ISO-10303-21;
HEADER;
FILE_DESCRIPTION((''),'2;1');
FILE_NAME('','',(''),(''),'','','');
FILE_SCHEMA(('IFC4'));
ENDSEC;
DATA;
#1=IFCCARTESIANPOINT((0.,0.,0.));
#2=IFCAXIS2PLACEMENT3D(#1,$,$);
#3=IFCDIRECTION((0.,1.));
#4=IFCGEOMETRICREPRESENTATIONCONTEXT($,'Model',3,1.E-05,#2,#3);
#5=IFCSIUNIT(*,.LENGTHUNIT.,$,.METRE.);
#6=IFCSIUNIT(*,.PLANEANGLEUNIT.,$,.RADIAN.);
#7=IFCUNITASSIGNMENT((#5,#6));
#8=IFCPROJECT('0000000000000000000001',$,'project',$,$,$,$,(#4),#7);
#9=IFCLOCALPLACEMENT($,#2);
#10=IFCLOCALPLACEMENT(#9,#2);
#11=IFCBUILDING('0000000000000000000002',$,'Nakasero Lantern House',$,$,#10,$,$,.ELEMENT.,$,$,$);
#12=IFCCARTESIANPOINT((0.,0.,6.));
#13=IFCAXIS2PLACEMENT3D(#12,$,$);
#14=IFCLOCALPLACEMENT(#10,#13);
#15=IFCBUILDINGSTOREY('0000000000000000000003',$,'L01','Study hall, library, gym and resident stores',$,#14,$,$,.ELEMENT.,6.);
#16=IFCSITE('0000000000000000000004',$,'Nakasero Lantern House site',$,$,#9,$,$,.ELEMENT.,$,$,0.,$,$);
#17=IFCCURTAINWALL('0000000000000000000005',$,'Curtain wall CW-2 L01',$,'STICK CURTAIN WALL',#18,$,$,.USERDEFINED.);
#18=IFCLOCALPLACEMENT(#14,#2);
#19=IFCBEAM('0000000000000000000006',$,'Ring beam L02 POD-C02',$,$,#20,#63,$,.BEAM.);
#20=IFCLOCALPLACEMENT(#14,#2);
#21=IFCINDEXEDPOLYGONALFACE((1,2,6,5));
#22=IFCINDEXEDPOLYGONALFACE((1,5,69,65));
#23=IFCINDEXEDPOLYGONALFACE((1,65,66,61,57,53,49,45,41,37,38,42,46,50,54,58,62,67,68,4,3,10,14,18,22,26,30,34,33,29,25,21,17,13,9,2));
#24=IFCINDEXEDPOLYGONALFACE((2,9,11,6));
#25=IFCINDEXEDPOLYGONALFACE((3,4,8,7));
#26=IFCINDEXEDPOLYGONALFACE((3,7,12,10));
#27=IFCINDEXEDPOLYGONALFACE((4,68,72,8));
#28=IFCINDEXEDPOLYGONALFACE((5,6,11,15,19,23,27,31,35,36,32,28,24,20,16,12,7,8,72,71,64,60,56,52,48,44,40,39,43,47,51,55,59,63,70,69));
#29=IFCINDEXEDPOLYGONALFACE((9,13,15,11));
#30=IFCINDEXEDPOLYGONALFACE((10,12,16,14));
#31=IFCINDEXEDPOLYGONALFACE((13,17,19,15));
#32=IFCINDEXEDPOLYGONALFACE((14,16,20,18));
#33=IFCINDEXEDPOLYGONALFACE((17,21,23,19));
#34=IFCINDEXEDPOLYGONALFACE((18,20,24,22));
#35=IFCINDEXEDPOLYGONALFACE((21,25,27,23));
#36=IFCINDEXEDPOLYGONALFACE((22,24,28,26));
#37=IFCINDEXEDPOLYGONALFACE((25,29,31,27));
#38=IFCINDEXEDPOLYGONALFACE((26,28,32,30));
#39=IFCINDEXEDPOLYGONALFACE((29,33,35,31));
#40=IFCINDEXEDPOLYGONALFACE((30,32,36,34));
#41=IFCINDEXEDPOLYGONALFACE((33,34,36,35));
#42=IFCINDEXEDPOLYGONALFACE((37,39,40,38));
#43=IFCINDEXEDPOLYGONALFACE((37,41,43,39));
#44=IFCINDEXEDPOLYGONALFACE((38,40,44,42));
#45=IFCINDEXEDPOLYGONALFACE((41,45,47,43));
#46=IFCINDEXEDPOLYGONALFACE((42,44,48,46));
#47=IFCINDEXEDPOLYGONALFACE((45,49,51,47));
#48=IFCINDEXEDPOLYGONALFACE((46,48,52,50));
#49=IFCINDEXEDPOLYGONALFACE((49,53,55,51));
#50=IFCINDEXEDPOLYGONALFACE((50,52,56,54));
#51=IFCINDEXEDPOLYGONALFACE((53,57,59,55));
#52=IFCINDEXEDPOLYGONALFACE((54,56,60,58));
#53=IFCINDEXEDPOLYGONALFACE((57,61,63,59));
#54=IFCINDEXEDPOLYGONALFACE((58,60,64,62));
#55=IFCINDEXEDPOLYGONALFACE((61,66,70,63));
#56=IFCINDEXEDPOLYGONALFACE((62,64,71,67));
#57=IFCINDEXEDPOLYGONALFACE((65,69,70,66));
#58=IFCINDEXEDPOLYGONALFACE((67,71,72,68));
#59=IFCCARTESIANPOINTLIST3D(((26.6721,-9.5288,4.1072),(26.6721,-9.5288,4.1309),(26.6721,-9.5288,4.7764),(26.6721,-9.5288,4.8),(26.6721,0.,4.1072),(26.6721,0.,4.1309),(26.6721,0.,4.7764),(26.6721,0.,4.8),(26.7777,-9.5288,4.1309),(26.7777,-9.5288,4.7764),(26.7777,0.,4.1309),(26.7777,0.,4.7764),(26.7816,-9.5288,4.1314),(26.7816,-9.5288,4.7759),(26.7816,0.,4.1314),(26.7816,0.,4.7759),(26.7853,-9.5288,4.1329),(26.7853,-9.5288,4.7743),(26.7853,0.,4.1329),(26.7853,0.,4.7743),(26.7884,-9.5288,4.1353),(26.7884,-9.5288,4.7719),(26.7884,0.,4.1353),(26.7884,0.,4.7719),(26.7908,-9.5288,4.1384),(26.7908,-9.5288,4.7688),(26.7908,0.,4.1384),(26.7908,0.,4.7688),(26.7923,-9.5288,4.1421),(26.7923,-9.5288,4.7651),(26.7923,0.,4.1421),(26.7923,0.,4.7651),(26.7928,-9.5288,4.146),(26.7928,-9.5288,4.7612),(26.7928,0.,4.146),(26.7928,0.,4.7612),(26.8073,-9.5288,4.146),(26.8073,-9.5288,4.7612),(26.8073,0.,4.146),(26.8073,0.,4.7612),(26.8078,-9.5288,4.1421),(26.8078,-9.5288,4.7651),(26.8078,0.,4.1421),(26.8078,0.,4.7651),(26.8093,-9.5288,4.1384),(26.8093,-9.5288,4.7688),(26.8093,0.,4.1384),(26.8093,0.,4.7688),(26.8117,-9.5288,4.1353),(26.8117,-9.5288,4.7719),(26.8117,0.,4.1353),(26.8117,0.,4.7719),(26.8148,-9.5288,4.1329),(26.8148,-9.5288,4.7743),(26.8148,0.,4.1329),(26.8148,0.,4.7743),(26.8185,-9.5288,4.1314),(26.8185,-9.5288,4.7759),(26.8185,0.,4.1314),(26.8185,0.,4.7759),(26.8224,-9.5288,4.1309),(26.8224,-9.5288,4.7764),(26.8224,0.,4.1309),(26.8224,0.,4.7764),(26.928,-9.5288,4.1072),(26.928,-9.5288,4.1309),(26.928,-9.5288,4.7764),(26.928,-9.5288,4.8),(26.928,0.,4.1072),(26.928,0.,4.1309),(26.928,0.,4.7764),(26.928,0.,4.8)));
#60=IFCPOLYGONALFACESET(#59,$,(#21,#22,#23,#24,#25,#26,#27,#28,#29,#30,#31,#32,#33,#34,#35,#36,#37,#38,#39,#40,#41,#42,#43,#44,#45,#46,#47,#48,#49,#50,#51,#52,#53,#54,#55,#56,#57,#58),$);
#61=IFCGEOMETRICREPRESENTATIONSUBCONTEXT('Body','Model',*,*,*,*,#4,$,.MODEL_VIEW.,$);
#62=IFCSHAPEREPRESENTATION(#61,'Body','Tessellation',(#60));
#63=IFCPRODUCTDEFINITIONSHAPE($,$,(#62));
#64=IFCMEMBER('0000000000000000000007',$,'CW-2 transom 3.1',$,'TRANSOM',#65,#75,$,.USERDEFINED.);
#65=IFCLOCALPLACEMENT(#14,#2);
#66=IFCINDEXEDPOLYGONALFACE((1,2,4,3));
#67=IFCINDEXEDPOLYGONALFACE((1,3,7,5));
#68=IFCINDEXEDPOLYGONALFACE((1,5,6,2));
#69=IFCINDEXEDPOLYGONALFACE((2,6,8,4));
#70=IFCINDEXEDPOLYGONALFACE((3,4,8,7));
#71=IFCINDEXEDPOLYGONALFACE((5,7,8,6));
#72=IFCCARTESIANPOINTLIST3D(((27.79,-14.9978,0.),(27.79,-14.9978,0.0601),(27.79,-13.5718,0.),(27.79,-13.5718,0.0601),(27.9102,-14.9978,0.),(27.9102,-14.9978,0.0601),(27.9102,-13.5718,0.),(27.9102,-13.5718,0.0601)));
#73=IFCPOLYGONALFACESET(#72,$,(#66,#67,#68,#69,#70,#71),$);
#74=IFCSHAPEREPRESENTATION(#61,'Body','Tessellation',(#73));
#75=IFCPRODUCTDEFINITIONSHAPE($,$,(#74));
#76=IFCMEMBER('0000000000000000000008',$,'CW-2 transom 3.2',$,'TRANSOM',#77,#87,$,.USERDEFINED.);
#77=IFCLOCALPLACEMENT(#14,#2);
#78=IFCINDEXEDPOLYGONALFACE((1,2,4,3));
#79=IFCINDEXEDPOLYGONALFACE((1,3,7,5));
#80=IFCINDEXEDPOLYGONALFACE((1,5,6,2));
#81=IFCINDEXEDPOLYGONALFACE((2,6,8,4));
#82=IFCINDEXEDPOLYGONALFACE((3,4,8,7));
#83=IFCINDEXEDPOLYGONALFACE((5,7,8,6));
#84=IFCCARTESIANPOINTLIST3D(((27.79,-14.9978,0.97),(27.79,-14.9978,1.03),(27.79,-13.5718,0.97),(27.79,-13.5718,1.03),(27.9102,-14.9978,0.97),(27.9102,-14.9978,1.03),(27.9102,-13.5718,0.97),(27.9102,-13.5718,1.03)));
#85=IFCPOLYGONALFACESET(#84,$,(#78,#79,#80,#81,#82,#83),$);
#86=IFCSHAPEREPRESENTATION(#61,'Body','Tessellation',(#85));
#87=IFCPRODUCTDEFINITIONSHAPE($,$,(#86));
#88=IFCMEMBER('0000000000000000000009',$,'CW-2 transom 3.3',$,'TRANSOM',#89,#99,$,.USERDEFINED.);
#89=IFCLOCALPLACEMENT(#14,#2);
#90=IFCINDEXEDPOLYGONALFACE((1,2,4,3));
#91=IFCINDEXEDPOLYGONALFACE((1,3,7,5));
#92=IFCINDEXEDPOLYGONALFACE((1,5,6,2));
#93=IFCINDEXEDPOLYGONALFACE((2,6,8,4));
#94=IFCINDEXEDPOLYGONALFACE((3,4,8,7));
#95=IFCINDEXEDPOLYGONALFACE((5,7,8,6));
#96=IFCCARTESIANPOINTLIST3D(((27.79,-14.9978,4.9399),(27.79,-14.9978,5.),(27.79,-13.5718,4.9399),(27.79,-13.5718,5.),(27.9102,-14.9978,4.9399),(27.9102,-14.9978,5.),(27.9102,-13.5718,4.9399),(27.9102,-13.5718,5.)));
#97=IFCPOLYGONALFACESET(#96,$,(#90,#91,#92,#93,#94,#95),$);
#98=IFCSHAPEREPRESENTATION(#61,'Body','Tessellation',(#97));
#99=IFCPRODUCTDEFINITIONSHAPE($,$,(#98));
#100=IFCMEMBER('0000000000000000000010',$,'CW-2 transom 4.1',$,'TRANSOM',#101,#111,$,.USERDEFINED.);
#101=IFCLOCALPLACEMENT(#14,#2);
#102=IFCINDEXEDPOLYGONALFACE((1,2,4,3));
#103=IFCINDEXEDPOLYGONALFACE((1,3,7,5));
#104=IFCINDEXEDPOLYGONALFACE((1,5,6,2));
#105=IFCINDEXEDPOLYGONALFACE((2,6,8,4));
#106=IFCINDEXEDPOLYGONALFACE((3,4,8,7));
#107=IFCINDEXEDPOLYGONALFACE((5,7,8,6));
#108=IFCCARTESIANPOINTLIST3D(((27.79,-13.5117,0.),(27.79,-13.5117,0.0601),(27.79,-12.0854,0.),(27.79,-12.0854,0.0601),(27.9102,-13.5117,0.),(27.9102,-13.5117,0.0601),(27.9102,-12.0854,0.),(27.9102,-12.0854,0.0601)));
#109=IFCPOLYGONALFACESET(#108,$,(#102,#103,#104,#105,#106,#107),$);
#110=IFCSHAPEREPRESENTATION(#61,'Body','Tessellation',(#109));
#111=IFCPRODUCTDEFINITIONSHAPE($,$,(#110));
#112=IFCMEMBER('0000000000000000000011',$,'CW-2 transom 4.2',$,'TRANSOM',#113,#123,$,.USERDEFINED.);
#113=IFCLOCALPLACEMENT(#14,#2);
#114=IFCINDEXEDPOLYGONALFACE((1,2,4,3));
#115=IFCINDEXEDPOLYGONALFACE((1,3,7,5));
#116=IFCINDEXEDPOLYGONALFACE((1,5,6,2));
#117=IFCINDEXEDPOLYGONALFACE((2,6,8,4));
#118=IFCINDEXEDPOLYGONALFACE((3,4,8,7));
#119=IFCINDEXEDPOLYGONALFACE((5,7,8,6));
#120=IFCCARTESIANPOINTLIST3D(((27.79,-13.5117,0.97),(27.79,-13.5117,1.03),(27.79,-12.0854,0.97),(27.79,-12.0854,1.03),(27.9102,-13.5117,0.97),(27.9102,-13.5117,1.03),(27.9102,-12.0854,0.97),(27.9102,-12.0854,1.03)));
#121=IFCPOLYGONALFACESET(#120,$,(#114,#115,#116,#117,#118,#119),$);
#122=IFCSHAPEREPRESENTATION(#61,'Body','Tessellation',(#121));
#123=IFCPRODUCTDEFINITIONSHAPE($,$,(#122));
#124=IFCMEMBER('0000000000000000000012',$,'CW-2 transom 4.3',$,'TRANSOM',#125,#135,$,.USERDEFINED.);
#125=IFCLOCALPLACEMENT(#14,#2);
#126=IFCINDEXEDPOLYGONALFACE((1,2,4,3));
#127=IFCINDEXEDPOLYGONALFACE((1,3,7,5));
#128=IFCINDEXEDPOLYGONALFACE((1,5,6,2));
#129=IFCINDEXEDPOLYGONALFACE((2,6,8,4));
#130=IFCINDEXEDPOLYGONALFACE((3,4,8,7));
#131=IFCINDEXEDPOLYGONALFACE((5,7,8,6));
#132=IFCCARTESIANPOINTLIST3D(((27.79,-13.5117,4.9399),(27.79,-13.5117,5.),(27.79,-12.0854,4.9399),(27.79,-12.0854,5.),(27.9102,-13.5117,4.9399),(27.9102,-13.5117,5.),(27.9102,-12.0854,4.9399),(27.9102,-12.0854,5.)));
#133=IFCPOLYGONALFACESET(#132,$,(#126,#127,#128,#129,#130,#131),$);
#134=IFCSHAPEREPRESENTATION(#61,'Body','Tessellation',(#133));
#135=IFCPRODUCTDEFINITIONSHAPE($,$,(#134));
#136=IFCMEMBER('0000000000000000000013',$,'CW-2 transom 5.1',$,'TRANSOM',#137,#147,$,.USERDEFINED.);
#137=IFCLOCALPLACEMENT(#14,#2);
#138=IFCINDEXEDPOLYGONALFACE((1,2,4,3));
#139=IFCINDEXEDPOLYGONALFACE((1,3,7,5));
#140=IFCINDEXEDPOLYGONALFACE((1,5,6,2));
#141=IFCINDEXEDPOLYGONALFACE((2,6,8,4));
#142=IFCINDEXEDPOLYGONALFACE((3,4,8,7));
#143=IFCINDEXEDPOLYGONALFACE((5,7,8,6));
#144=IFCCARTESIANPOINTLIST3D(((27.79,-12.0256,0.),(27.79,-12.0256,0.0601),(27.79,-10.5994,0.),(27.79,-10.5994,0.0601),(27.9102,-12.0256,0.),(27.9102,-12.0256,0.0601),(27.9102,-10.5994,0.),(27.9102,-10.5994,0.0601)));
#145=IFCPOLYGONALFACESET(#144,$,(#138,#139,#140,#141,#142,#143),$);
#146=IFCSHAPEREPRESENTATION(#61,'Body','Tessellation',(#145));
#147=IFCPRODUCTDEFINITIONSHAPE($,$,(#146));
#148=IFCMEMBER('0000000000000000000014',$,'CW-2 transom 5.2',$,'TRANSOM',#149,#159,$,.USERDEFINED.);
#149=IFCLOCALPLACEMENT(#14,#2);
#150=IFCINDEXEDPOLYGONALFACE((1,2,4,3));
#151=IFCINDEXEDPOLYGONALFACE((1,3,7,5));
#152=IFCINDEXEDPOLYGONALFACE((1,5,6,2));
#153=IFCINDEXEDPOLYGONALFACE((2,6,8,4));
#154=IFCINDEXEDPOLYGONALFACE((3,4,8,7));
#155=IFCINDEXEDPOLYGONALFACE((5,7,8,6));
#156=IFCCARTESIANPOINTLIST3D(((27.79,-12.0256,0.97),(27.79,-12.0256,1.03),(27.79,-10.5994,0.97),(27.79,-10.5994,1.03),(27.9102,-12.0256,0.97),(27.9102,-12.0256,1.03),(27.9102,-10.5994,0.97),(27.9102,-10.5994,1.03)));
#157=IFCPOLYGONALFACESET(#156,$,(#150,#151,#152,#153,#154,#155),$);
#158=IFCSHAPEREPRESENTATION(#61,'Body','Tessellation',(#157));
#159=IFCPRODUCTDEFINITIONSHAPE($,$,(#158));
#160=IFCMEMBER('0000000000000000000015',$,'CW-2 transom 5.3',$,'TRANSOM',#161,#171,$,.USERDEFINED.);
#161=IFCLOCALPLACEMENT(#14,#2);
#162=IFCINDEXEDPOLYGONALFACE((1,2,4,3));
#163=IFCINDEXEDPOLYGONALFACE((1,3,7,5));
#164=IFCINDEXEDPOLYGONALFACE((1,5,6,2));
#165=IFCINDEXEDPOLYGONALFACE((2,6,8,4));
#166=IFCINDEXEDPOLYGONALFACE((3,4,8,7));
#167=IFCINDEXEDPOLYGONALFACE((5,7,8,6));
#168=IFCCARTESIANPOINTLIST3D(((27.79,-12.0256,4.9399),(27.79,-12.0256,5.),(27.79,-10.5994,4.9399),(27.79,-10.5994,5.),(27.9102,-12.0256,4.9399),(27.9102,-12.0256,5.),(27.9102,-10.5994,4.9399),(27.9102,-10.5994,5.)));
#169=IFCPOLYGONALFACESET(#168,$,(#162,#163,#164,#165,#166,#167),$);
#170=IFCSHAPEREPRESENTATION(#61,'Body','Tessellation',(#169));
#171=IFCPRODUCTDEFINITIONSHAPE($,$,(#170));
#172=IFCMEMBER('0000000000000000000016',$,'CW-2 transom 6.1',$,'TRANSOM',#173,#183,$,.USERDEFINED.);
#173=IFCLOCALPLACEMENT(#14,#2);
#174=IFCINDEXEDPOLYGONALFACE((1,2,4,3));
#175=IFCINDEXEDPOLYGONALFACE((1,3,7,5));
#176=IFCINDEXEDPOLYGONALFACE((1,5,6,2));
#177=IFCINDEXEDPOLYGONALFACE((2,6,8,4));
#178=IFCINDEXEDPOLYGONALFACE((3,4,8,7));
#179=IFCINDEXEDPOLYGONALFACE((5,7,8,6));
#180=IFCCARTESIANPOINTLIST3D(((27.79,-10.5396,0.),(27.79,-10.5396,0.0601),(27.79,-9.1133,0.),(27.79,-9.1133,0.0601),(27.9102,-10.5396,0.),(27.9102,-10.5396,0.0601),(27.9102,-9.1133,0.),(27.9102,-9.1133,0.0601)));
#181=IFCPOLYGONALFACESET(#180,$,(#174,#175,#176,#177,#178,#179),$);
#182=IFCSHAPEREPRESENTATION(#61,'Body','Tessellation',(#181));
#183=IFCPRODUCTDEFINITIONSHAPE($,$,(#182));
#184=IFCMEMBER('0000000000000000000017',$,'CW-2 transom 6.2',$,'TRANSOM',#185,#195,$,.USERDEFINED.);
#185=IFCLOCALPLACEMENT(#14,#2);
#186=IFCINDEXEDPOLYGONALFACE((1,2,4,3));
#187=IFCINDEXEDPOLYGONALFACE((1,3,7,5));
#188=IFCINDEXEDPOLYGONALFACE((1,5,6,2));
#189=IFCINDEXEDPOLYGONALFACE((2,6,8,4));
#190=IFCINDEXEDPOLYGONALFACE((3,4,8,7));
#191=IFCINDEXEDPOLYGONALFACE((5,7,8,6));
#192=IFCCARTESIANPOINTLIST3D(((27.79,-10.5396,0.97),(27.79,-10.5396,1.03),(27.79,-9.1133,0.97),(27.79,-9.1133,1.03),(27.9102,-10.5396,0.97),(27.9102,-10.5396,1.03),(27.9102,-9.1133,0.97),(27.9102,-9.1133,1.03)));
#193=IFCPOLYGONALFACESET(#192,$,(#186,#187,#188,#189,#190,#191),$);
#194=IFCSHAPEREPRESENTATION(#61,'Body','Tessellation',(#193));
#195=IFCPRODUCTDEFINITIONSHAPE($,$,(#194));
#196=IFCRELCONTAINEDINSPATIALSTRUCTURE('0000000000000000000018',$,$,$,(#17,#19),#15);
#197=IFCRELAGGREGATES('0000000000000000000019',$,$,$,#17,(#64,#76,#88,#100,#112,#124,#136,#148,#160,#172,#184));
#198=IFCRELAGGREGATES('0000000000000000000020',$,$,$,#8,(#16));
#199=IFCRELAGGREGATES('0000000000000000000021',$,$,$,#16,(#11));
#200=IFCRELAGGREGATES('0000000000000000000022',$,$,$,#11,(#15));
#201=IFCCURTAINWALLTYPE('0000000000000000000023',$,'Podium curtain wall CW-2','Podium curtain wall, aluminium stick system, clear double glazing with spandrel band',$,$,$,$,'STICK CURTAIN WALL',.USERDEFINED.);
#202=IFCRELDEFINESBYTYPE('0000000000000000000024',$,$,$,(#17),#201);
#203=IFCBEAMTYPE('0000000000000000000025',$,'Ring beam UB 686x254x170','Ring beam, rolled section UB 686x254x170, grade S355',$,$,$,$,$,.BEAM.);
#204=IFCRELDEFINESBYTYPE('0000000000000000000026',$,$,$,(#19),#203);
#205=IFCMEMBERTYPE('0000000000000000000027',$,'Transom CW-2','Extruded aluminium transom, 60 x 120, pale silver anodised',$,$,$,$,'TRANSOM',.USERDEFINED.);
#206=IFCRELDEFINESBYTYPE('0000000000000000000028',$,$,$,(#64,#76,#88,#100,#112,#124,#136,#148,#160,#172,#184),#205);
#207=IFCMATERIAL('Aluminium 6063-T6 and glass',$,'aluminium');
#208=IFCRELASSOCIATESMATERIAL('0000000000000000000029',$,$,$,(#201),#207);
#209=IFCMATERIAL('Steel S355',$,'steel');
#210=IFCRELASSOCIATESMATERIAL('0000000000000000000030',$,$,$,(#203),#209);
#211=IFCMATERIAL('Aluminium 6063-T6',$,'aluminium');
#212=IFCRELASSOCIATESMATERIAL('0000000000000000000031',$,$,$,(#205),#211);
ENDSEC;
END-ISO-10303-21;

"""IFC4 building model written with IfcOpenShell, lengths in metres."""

from ifc_helpers import new_model, si_unit, direction, frame, origin, origin_2d, place, context, subcontext, project, spatial, rectangle, i_section, extrude, material, material_profile, profile_set, type_object, element, aggregate, save


model = new_model("IFC4")

# Units and contexts
model_context = context("Model", 3, precision=1e-05, world=origin(), true_north=direction((0.0, 1.0)))
body_context = subcontext(model_context, "Body", "Model", "MODEL_VIEW")
ifc_project = project(units=[si_unit("LENGTHUNIT", "METRE"), si_unit("PLANEANGLEUNIT", "RADIAN")], contexts=[model_context])

# Site, building, storey
site_placement = place(None, origin())
site = spatial("IfcSite", under=ifc_project, at=site_placement, Name="Nakasero Lantern House site", CompositionType="ELEMENT", RefElevation=0.0)
building_placement = place(site_placement, origin())
building = spatial("IfcBuilding", under=site, at=building_placement, Name="Nakasero Lantern House", CompositionType="ELEMENT")
storey_placement = place(building_placement, frame((0.0, 0.0, 6.0)))
storey = spatial("IfcBuildingStorey", under=building, at=storey_placement, Name="L01", Description="Study hall, library, gym and resident stores", CompositionType="ELEMENT", Elevation=6.0)

# Curtain wall
ifc_material_1 = material(Name="Aluminium 6063-T6 and glass", Category="aluminium")
curtain_wall_type = type_object("IfcCurtainWallType", Name="Podium curtain wall CW-2", Description="Podium curtain wall, aluminium stick system, clear double glazing with spandrel band", ElementType="STICK CURTAIN WALL", PredefinedType="USERDEFINED", material=ifc_material_1)
curtain_wall_placement = place(storey_placement, origin())
curtain_wall = element("IfcCurtainWall", 1, at=curtain_wall_placement, inside=storey, type_object=curtain_wall_type, Name="Curtain wall CW-2 L01", ObjectType="STICK CURTAIN WALL", PredefinedType="USERDEFINED")

# Beam
ifc_material_2 = material(Name="Steel S355", Category="steel")
ifc_material_profile_1 = material_profile(ifc_material_2, i_section(OverallWidth=0.2559, OverallDepth=0.6929, WebThickness=0.0144, FlangeThickness=0.0237, FilletRadius=0.0151, at=origin_2d()), Name="UB 686x254x170")
ifc_profile_set_1 = profile_set([ifc_material_profile_1], Name="Steel S355")
beam_type_1 = type_object("IfcBeamType", Name="Ring beam UB 686x254x170", Description="Ring beam, rolled section UB 686x254x170, grade S355", PredefinedType="BEAM", material=ifc_profile_set_1)
beam_1_placement = place(storey_placement, frame((26.8, -9.5288, 4.4536), z_axis=(0.0, 1.0, 0.0), x_axis=(-1.0, 0.0, 0.0)))
element("IfcBeam", 2, at=beam_1_placement, inside=storey, type_object=beam_type_1, Name="Ring beam L02 POD-C02", PredefinedType="BEAM", context=body_context, shape_type="SweptSolid", body=[
    extrude(i_section(OverallWidth=0.2559, OverallDepth=0.6929, WebThickness=0.0144, FlangeThickness=0.0237, FilletRadius=0.0151, at=origin_2d()), origin(), (0.0, 0.0, 1.0), 9.5288),
])

# Members
ifc_material_3 = material(Name="Aluminium 6063-T6", Category="aluminium")
ifc_material_profile_2 = material_profile(ifc_material_3, rectangle(XDim=0.0601, YDim=0.1201, at=origin_2d()), Name="CW-2 transom 60x120")
ifc_profile_set_2 = profile_set([ifc_material_profile_2], Name="Aluminium 6063-T6")
member_type_1 = type_object("IfcMemberType", Name="Transom CW-2", Description="Extruded aluminium transom, 60 x 120, pale silver anodised", ElementType="TRANSOM", PredefinedType="USERDEFINED", material=ifc_profile_set_2)
member_1_placement = place(storey_placement, frame((27.8501, -14.9978, 0.03), z_axis=(0.0, 1.0, 0.0), x_axis=(0.0, 0.0, 1.0)))
member_1 = element("IfcMember", 3, at=member_1_placement, type_object=member_type_1, Name="CW-2 transom 3.1", ObjectType="TRANSOM", PredefinedType="USERDEFINED", context=body_context, shape_type="SweptSolid", body=[
    extrude(rectangle(XDim=0.0601, YDim=0.1201, at=origin_2d()), origin(), (0.0, 0.0, 1.0), 1.426),
])
member_2_placement = place(storey_placement, frame((27.8501, -14.9978, 1.0), z_axis=(0.0, 1.0, 0.0), x_axis=(0.0, 0.0, 1.0)))
member_2 = element("IfcMember", 4, at=member_2_placement, type_object=member_type_1, Name="CW-2 transom 3.2", ObjectType="TRANSOM", PredefinedType="USERDEFINED", context=body_context, shape_type="SweptSolid", body=[
    extrude(rectangle(XDim=0.0601, YDim=0.1201, at=origin_2d()), origin(), (0.0, 0.0, 1.0), 1.426),
])
member_3_placement = place(storey_placement, frame((27.8501, -14.9978, 4.97), z_axis=(0.0, 1.0, 0.0), x_axis=(0.0, 0.0, 1.0)))
member_3 = element("IfcMember", 5, at=member_3_placement, type_object=member_type_1, Name="CW-2 transom 3.3", ObjectType="TRANSOM", PredefinedType="USERDEFINED", context=body_context, shape_type="SweptSolid", body=[
    extrude(rectangle(XDim=0.0601, YDim=0.1201, at=origin_2d()), origin(), (0.0, 0.0, 1.0), 1.426),
])
member_4_placement = place(storey_placement, frame((27.8501, -13.5117, 0.03), z_axis=(0.0, 1.0, 0.0), x_axis=(0.0, 0.0, 1.0)))
member_4 = element("IfcMember", 6, at=member_4_placement, type_object=member_type_1, Name="CW-2 transom 4.1", ObjectType="TRANSOM", PredefinedType="USERDEFINED", context=body_context, shape_type="SweptSolid", body=[
    extrude(rectangle(XDim=0.0601, YDim=0.1201, at=origin_2d()), origin(), (0.0, 0.0, 1.0), 1.4263),
])
member_5_placement = place(storey_placement, frame((27.8501, -13.5117, 1.0), z_axis=(0.0, 1.0, 0.0), x_axis=(0.0, 0.0, 1.0)))
member_5 = element("IfcMember", 7, at=member_5_placement, type_object=member_type_1, Name="CW-2 transom 4.2", ObjectType="TRANSOM", PredefinedType="USERDEFINED", context=body_context, shape_type="SweptSolid", body=[
    extrude(rectangle(XDim=0.0601, YDim=0.1201, at=origin_2d()), origin(), (0.0, 0.0, 1.0), 1.4263),
])
member_6_placement = place(storey_placement, frame((27.8501, -13.5117, 4.97), z_axis=(0.0, 1.0, 0.0), x_axis=(0.0, 0.0, 1.0)))
member_6 = element("IfcMember", 8, at=member_6_placement, type_object=member_type_1, Name="CW-2 transom 4.3", ObjectType="TRANSOM", PredefinedType="USERDEFINED", context=body_context, shape_type="SweptSolid", body=[
    extrude(rectangle(XDim=0.0601, YDim=0.1201, at=origin_2d()), origin(), (0.0, 0.0, 1.0), 1.4263),
])
member_7_placement = place(storey_placement, frame((27.8501, -12.0256, 0.03), z_axis=(0.0, 1.0, 0.0), x_axis=(0.0, 0.0, 1.0)))
member_7 = element("IfcMember", 9, at=member_7_placement, type_object=member_type_1, Name="CW-2 transom 5.1", ObjectType="TRANSOM", PredefinedType="USERDEFINED", context=body_context, shape_type="SweptSolid", body=[
    extrude(rectangle(XDim=0.0601, YDim=0.1201, at=origin_2d()), origin(), (0.0, 0.0, 1.0), 1.4263),
])
member_8_placement = place(storey_placement, frame((27.8501, -12.0256, 1.0), z_axis=(0.0, 1.0, 0.0), x_axis=(0.0, 0.0, 1.0)))
member_8 = element("IfcMember", 10, at=member_8_placement, type_object=member_type_1, Name="CW-2 transom 5.2", ObjectType="TRANSOM", PredefinedType="USERDEFINED", context=body_context, shape_type="SweptSolid", body=[
    extrude(rectangle(XDim=0.0601, YDim=0.1201, at=origin_2d()), origin(), (0.0, 0.0, 1.0), 1.4263),
])
member_9_placement = place(storey_placement, frame((27.8501, -12.0256, 4.97), z_axis=(0.0, 1.0, 0.0), x_axis=(0.0, 0.0, 1.0)))
member_9 = element("IfcMember", 11, at=member_9_placement, type_object=member_type_1, Name="CW-2 transom 5.3", ObjectType="TRANSOM", PredefinedType="USERDEFINED", context=body_context, shape_type="SweptSolid", body=[
    extrude(rectangle(XDim=0.0601, YDim=0.1201, at=origin_2d()), origin(), (0.0, 0.0, 1.0), 1.4263),
])
member_10_placement = place(storey_placement, frame((27.8501, -10.5396, 0.03), z_axis=(0.0, 1.0, 0.0), x_axis=(0.0, 0.0, 1.0)))
member_10 = element("IfcMember", 12, at=member_10_placement, type_object=member_type_1, Name="CW-2 transom 6.1", ObjectType="TRANSOM", PredefinedType="USERDEFINED", context=body_context, shape_type="SweptSolid", body=[
    extrude(rectangle(XDim=0.0601, YDim=0.1201, at=origin_2d()), origin(), (0.0, 0.0, 1.0), 1.4263),
])
member_11_placement = place(storey_placement, frame((27.8501, -10.5396, 1.0), z_axis=(0.0, 1.0, 0.0), x_axis=(0.0, 0.0, 1.0)))
member_11 = element("IfcMember", 13, at=member_11_placement, type_object=member_type_1, Name="CW-2 transom 6.2", ObjectType="TRANSOM", PredefinedType="USERDEFINED", context=body_context, shape_type="SweptSolid", body=[
    extrude(rectangle(XDim=0.0601, YDim=0.1201, at=origin_2d()), origin(), (0.0, 0.0, 1.0), 1.4263),
])

aggregate(curtain_wall, [member_1, member_2, member_3, member_4, member_5, member_6, member_7, member_8, member_9, member_10, member_11])

save(model, "model.ifc")
